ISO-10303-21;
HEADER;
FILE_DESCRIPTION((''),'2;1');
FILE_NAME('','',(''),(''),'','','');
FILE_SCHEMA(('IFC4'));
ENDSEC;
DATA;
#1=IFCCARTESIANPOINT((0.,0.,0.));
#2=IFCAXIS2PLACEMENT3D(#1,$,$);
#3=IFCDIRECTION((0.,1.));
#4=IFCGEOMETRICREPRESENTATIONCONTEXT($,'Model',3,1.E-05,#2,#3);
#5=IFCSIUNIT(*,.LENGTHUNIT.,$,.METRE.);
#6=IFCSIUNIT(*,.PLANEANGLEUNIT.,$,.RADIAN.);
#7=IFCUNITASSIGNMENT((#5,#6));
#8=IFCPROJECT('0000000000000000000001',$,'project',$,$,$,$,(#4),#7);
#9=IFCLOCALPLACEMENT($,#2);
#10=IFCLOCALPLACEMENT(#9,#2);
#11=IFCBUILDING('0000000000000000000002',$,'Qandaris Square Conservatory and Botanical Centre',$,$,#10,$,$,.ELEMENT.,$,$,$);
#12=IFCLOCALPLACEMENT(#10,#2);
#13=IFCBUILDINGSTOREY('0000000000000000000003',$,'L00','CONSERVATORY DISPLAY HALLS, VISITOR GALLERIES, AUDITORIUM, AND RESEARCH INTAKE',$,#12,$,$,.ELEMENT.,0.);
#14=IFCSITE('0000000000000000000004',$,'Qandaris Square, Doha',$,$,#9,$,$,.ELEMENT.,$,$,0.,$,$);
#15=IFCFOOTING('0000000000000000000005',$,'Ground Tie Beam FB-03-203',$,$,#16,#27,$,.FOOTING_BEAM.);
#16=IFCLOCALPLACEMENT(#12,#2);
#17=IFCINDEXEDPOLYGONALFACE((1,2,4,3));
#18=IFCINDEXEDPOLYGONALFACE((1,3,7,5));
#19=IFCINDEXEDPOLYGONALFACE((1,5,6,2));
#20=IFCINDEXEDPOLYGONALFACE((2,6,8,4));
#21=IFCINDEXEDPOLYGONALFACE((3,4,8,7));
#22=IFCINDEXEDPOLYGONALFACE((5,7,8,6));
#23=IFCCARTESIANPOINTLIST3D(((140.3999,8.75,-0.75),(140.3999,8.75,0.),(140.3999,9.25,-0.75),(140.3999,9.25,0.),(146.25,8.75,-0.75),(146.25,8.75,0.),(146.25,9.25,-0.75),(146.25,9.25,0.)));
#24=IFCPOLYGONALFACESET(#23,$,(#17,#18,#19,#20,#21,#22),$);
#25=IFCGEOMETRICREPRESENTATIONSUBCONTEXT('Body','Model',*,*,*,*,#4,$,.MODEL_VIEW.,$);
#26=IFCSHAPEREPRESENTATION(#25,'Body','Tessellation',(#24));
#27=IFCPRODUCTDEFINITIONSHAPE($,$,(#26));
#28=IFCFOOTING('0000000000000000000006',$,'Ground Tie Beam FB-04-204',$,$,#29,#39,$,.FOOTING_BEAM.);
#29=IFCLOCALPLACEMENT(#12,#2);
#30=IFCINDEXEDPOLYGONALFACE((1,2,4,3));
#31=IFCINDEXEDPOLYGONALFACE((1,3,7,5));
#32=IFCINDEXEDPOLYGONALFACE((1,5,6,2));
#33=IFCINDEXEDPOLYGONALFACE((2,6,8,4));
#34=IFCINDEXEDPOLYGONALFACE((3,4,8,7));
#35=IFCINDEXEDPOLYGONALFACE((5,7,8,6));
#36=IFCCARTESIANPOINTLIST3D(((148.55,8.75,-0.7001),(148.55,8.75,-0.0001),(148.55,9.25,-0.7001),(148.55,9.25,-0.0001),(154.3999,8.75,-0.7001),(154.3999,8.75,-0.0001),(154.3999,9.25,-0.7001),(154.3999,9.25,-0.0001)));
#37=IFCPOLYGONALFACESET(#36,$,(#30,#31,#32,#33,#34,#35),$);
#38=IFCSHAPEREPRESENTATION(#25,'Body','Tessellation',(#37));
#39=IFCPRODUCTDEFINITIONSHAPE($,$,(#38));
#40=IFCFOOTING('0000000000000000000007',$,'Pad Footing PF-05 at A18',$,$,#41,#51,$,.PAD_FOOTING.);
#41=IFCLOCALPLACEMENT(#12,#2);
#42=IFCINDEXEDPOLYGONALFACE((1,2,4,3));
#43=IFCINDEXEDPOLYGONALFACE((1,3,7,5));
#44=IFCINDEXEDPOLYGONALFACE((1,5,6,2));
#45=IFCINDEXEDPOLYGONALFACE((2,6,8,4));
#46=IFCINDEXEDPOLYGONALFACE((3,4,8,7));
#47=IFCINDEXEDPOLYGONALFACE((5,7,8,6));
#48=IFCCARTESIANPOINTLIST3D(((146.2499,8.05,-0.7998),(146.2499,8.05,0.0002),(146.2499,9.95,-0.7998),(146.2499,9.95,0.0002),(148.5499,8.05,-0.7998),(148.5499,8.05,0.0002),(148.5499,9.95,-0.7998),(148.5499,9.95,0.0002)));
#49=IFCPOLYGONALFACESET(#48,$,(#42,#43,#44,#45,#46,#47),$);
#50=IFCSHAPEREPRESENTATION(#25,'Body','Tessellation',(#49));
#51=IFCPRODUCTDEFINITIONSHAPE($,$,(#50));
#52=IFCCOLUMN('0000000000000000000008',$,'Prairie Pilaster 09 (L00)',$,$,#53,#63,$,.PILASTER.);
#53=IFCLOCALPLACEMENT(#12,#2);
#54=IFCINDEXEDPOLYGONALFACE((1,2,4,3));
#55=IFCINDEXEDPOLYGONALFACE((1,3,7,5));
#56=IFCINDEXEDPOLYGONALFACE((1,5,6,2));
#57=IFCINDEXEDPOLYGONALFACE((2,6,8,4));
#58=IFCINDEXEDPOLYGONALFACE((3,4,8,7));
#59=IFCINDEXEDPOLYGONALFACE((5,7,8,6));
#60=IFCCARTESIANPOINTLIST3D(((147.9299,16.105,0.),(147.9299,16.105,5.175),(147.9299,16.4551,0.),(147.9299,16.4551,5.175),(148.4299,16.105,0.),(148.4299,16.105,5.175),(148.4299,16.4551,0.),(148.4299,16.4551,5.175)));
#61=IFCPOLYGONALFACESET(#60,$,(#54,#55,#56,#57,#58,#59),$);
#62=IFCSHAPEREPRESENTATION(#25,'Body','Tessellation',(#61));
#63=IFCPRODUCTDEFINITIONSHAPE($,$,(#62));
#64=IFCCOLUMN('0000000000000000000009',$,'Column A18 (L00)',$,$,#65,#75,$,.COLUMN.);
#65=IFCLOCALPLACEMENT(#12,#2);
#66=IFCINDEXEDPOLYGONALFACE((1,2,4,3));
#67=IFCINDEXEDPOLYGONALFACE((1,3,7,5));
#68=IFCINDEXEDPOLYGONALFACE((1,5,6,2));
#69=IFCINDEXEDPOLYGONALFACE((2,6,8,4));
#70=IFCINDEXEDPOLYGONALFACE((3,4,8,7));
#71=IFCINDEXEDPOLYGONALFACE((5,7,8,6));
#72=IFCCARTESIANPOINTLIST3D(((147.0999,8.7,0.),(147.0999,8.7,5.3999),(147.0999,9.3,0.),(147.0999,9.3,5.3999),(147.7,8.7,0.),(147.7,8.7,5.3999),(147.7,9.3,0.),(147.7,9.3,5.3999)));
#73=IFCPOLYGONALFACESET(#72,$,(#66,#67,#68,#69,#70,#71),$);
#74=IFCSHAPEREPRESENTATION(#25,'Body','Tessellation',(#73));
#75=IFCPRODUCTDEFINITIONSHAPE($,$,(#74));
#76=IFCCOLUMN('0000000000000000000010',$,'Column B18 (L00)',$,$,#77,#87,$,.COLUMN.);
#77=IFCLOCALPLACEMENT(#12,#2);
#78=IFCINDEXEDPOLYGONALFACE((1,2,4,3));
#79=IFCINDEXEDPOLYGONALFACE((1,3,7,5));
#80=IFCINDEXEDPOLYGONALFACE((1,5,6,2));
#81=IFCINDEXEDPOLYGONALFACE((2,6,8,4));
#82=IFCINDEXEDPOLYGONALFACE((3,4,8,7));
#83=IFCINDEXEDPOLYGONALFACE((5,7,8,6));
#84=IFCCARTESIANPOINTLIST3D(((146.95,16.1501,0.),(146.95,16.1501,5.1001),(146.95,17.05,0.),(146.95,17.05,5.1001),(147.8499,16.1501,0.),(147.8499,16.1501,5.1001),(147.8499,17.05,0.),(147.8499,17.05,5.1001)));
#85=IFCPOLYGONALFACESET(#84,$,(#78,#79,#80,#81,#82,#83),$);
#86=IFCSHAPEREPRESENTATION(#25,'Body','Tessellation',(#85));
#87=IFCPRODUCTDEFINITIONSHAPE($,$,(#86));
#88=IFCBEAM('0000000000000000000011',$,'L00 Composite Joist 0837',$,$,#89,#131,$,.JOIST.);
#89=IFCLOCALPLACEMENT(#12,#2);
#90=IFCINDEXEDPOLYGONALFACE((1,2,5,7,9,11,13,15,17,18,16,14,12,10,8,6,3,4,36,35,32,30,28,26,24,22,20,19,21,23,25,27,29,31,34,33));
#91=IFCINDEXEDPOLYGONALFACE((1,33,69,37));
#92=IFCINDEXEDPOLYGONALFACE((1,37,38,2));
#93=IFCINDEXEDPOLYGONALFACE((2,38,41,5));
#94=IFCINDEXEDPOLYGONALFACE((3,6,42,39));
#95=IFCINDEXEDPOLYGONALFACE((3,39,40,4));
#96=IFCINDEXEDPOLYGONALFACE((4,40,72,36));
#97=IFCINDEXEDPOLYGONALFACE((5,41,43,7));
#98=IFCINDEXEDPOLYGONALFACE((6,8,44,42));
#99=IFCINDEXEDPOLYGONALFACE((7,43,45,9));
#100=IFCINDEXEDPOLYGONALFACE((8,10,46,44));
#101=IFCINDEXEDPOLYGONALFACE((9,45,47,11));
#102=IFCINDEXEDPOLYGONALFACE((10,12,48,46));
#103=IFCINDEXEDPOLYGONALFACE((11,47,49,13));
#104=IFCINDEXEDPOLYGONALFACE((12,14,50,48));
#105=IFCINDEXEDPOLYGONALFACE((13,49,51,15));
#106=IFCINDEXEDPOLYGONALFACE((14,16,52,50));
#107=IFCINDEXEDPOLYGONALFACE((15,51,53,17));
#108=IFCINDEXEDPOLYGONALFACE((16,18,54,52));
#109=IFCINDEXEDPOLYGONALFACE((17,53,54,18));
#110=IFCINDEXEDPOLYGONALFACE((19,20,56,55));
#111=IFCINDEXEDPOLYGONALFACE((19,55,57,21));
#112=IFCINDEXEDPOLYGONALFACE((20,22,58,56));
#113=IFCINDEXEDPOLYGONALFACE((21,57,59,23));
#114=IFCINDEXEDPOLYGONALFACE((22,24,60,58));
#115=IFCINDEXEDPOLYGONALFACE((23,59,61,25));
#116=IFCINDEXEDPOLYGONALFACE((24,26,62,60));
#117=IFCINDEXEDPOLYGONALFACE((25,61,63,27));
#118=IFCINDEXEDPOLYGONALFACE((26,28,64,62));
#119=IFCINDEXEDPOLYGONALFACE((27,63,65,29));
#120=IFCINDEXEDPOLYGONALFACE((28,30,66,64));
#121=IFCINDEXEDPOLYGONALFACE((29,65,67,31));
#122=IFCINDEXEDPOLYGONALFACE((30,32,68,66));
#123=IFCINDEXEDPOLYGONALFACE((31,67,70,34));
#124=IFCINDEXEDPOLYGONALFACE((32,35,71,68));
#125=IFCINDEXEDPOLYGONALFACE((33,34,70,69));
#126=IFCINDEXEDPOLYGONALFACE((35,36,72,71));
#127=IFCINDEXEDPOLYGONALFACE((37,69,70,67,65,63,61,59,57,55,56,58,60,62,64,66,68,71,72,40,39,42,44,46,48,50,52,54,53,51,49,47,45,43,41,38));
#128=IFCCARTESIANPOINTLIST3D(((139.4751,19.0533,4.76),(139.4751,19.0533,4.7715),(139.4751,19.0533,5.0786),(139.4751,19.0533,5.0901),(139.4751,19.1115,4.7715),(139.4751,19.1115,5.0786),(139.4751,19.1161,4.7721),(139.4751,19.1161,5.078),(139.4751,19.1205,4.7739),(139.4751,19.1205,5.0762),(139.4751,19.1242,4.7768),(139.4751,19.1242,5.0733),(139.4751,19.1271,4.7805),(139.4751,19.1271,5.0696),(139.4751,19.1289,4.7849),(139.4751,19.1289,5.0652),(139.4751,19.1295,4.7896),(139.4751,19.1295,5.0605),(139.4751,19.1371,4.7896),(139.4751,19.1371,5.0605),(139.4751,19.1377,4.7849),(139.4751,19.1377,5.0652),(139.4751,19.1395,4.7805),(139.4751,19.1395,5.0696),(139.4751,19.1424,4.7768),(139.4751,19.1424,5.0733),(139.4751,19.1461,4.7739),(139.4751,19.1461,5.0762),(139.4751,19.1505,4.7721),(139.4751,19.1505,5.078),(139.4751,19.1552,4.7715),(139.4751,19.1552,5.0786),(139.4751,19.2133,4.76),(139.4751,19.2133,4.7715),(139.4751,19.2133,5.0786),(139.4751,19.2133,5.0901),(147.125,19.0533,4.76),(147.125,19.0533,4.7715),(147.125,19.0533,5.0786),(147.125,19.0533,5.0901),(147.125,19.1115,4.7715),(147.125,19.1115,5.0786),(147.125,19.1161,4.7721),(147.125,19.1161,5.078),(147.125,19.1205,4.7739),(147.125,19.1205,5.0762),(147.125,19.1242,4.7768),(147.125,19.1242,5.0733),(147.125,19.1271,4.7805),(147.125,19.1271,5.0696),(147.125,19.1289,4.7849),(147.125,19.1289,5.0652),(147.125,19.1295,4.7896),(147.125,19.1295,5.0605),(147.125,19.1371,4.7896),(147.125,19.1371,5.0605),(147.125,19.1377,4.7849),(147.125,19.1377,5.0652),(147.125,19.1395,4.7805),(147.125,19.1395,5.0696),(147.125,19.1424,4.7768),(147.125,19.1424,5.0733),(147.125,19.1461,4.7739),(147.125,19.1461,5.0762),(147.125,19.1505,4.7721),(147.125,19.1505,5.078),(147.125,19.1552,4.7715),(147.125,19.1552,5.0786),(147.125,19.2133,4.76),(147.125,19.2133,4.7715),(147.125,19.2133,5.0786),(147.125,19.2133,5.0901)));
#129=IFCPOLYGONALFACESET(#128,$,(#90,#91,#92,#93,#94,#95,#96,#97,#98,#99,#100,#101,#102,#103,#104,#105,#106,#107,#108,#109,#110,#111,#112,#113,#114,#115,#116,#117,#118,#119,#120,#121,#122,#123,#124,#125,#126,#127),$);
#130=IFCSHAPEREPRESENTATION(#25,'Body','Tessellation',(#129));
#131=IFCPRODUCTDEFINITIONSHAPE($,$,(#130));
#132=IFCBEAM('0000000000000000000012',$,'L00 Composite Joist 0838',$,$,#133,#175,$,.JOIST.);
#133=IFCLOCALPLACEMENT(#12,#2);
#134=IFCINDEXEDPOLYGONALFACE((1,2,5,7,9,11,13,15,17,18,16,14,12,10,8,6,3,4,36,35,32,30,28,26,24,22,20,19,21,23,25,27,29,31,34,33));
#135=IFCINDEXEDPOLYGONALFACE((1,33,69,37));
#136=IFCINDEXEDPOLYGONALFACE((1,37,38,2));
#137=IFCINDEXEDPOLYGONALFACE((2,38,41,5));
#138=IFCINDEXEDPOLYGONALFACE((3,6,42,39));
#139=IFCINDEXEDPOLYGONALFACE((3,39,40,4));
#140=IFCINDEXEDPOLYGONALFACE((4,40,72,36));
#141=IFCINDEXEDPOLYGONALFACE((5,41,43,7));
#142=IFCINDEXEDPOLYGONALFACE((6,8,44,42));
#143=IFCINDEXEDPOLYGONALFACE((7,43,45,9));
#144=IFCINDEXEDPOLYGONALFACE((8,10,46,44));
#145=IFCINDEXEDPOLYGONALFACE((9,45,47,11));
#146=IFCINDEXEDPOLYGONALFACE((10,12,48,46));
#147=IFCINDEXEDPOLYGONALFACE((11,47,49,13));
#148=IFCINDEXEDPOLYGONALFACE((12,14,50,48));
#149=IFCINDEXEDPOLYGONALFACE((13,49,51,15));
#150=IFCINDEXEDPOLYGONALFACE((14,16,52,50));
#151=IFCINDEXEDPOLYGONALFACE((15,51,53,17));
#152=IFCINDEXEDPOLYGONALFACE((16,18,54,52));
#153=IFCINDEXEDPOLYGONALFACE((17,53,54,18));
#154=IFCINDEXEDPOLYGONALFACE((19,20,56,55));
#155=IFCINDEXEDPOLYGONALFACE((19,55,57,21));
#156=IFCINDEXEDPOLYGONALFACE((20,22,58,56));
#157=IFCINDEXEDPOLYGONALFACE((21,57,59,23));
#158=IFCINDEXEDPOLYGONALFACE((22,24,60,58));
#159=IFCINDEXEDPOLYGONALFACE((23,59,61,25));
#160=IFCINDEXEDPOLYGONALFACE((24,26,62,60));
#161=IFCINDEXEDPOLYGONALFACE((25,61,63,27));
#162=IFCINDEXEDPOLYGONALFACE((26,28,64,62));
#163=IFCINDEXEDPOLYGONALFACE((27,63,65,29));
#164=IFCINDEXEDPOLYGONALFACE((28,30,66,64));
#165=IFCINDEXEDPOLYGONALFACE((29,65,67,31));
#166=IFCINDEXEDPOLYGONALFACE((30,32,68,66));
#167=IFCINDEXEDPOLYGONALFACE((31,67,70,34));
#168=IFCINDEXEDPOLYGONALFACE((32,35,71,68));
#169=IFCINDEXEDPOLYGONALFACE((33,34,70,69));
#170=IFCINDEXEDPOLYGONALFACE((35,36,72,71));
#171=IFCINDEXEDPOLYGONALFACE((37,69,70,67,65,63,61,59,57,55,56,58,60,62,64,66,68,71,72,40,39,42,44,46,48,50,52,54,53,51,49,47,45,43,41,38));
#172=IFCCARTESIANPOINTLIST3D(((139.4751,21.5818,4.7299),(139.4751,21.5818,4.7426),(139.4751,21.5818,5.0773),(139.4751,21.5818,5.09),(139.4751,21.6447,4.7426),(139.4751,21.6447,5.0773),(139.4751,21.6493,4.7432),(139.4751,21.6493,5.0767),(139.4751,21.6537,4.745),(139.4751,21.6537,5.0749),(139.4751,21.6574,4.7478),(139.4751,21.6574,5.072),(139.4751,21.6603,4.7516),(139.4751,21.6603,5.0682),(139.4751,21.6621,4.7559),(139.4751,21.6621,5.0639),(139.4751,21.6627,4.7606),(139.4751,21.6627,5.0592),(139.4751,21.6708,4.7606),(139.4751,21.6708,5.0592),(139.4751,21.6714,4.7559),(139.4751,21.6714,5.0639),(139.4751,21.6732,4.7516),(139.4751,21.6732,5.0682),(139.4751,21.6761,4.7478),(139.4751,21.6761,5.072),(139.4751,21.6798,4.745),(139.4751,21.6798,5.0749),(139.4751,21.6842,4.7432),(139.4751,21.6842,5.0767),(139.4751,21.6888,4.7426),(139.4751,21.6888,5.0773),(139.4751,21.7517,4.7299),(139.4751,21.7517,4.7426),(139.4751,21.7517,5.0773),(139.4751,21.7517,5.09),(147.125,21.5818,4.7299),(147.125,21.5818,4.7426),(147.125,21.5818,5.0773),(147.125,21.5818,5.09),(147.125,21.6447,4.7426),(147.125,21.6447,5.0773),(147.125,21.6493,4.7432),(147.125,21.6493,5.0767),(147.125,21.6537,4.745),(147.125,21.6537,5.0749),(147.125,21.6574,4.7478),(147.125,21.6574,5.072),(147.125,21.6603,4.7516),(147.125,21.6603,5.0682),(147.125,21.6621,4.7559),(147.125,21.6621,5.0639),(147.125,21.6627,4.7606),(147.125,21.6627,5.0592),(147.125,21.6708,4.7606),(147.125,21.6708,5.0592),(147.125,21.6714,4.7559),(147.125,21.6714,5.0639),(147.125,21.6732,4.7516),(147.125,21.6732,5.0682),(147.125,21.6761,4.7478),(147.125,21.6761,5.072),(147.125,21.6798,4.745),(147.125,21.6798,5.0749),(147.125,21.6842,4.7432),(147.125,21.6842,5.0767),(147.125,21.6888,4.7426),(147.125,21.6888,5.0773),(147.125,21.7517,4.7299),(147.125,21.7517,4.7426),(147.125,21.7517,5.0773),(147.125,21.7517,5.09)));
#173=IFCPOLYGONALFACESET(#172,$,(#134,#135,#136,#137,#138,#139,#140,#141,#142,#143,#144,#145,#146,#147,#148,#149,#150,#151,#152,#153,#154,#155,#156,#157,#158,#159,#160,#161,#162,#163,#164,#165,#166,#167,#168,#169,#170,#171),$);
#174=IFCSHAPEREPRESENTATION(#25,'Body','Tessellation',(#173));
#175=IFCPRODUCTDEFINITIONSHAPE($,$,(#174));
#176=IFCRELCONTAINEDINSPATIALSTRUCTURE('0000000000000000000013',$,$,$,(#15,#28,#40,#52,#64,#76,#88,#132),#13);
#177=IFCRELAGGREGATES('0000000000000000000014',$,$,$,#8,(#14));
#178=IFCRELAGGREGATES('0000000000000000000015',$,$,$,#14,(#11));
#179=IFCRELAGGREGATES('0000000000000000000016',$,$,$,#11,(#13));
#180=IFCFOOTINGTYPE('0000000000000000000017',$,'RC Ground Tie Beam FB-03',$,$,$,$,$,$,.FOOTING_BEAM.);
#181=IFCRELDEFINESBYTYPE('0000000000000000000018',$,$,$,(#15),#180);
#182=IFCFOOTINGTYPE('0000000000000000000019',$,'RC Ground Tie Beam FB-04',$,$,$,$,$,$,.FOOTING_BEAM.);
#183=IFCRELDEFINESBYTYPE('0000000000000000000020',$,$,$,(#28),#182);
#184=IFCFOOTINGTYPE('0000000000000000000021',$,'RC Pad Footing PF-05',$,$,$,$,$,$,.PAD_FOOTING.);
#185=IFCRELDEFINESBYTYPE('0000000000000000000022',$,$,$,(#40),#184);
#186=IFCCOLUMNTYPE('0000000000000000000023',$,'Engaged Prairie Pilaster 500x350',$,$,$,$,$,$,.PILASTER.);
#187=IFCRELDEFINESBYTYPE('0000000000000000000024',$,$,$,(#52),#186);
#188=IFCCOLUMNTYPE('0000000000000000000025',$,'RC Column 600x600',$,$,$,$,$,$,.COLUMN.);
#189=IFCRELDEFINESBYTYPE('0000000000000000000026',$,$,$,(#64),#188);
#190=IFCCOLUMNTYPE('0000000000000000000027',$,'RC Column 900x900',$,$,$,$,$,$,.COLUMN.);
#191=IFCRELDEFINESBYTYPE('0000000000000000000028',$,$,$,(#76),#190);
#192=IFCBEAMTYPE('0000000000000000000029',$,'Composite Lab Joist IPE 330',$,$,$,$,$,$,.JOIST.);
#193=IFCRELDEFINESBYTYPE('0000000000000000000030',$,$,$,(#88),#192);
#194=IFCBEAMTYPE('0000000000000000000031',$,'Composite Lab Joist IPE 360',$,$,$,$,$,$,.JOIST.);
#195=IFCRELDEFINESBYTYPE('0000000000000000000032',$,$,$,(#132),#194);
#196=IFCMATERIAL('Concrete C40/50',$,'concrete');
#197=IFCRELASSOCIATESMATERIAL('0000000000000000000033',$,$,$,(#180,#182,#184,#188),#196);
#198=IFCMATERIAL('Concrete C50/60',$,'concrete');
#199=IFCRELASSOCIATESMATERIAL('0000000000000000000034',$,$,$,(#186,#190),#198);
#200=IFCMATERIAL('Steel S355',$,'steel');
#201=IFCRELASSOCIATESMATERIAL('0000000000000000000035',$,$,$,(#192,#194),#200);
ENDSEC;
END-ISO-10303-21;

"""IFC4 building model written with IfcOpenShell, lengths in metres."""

from ifc_helpers import new_model, si_unit, direction, frame, origin, origin_2d, place, context, subcontext, project, spatial, rectangle, i_section, extrude, material, material_profile, profile_set, type_object, element, save


model = new_model("IFC4")

# Units and contexts
model_context = context("Model", 3, precision=1e-05, world=origin(), true_north=direction((0.0, 1.0)))
body_context = subcontext(model_context, "Body", "Model", "MODEL_VIEW")
ifc_project = project(units=[si_unit("LENGTHUNIT", "METRE"), si_unit("PLANEANGLEUNIT", "RADIAN")], contexts=[model_context])

# Site, building, storey
site_placement = place(None, origin())
site = spatial("IfcSite", under=ifc_project, at=site_placement, Name="Qandaris Square, Doha", CompositionType="ELEMENT", RefElevation=0.0)
building_placement = place(site_placement, origin())
building = spatial("IfcBuilding", under=site, at=building_placement, Name="Qandaris Square Conservatory and Botanical Centre", CompositionType="ELEMENT")
storey_placement = place(building_placement, origin())
storey = spatial("IfcBuildingStorey", under=building, at=storey_placement, Name="L00", Description="CONSERVATORY DISPLAY HALLS, VISITOR GALLERIES, AUDITORIUM, AND RESEARCH INTAKE", CompositionType="ELEMENT", Elevation=0.0)

# Footings
ifc_material_1 = material(Name="Concrete C40/50", Category="concrete")
ifc_material_profile_1 = material_profile(ifc_material_1, rectangle(XDim=0.5, YDim=0.75, at=origin_2d()), Name="FB 500x750")
ifc_profile_set_1 = profile_set([ifc_material_profile_1], Name="Concrete C40/50")
footing_type_1 = type_object("IfcFootingType", Name="RC Ground Tie Beam FB-03", PredefinedType="FOOTING_BEAM", material=ifc_profile_set_1)
footing_1_placement = place(storey_placement, frame((140.3999, 9.0, -0.375), z_axis=(1.0, 0.0, 0.0), x_axis=(0.0, 1.0, 0.0)))
element("IfcFooting", 1, at=footing_1_placement, inside=storey, type_object=footing_type_1, Name="Ground Tie Beam FB-03-203", PredefinedType="FOOTING_BEAM", context=body_context, shape_type="SweptSolid", body=[
    extrude(rectangle(XDim=0.5, YDim=0.75, at=origin_2d()), origin(), (0.0, 0.0, 1.0), 5.8501),
])
ifc_material_profile_2 = material_profile(ifc_material_1, rectangle(XDim=0.5, YDim=0.7, at=origin_2d()), Name="FB 500x700")
ifc_profile_set_2 = profile_set([ifc_material_profile_2], Name="Concrete C40/50")
footing_type_2 = type_object("IfcFootingType", Name="RC Ground Tie Beam FB-04", PredefinedType="FOOTING_BEAM", material=ifc_profile_set_2)
footing_2_placement = place(storey_placement, frame((148.55, 9.0, -0.3501), z_axis=(1.0, 0.0, 0.0), x_axis=(0.0, 1.0, 0.0)))
element("IfcFooting", 2, at=footing_2_placement, inside=storey, type_object=footing_type_2, Name="Ground Tie Beam FB-04-204", PredefinedType="FOOTING_BEAM", context=body_context, shape_type="SweptSolid", body=[
    extrude(rectangle(XDim=0.5, YDim=0.7, at=origin_2d()), origin(), (0.0, 0.0, 1.0), 5.8499),
])
footing_type_3 = type_object("IfcFootingType", Name="RC Pad Footing PF-05", PredefinedType="PAD_FOOTING", material=ifc_material_1)
footing_3_placement = place(storey_placement, frame((147.3999, 9.0, -0.7998), z_axis=(0.0, 0.0, 1.0), x_axis=(1.0, 0.0, 0.0)))
element("IfcFooting", 3, at=footing_3_placement, inside=storey, type_object=footing_type_3, Name="Pad Footing PF-05 at A18", PredefinedType="PAD_FOOTING", context=body_context, shape_type="SweptSolid", body=[
    extrude(rectangle(XDim=2.3, YDim=1.8999, at=origin_2d()), origin(), (0.0, 0.0, 1.0), 0.8),
])

# Columns
ifc_material_2 = material(Name="Concrete C50/60", Category="concrete")
ifc_material_profile_3 = material_profile(ifc_material_2, rectangle(XDim=0.5, YDim=0.3501, at=origin_2d()), Name="RC-PIL 500x350")
ifc_profile_set_3 = profile_set([ifc_material_profile_3], Name="Concrete C50/60")
column_type_1 = type_object("IfcColumnType", Name="Engaged Prairie Pilaster 500x350", PredefinedType="PILASTER", material=ifc_profile_set_3)
column_1_placement = place(storey_placement, frame((148.1799, 16.28, 0.0), z_axis=(0.0, 0.0, 1.0), x_axis=(1.0, 0.0, 0.0)))
element("IfcColumn", 4, at=column_1_placement, inside=storey, type_object=column_type_1, Name="Prairie Pilaster 09 (L00)", PredefinedType="PILASTER", context=body_context, shape_type="SweptSolid", body=[
    extrude(rectangle(XDim=0.5, YDim=0.3501, at=origin_2d()), origin(), (0.0, 0.0, 1.0), 5.175),
])
ifc_material_profile_4 = material_profile(ifc_material_1, rectangle(XDim=0.6001, YDim=0.6001, at=origin_2d()), Name="RC-COL 600x600")
ifc_profile_set_4 = profile_set([ifc_material_profile_4], Name="Concrete C40/50")
column_type_2 = type_object("IfcColumnType", Name="RC Column 600x600", PredefinedType="COLUMN", material=ifc_profile_set_4)
column_2_placement = place(storey_placement, frame((147.3999, 9.0, 0.0), z_axis=(0.0, 0.0, 1.0), x_axis=(1.0, 0.0, 0.0)))
element("IfcColumn", 5, at=column_2_placement, inside=storey, type_object=column_type_2, Name="Column A18 (L00)", PredefinedType="COLUMN", context=body_context, shape_type="SweptSolid", body=[
    extrude(rectangle(XDim=0.6001, YDim=0.6001, at=origin_2d()), origin(), (0.0, 0.0, 1.0), 5.3999),
])
ifc_material_profile_5 = material_profile(ifc_material_2, rectangle(XDim=0.8999, YDim=0.8999, at=origin_2d()), Name="RC-COL 900x900")
ifc_profile_set_5 = profile_set([ifc_material_profile_5], Name="Concrete C50/60")
column_type_3 = type_object("IfcColumnType", Name="RC Column 900x900", PredefinedType="COLUMN", material=ifc_profile_set_5)
column_3_placement = place(storey_placement, frame((147.3999, 16.6001, 0.0), z_axis=(0.0, 0.0, 1.0), x_axis=(1.0, 0.0, 0.0)))
element("IfcColumn", 6, at=column_3_placement, inside=storey, type_object=column_type_3, Name="Column B18 (L00)", PredefinedType="COLUMN", context=body_context, shape_type="SweptSolid", body=[
    extrude(rectangle(XDim=0.8999, YDim=0.8999, at=origin_2d()), origin(), (0.0, 0.0, 1.0), 5.1001),
])

# Beams
ifc_material_3 = material(Name="Steel S355", Category="steel")
ifc_material_profile_6 = material_profile(ifc_material_3, i_section(OverallWidth=0.1599, OverallDepth=0.3301, WebThickness=0.0076, FlangeThickness=0.0115, FilletRadius=0.0181, at=origin_2d()), Name="IPE 330")
ifc_profile_set_6 = profile_set([ifc_material_profile_6], Name="Steel S355")
beam_type_1 = type_object("IfcBeamType", Name="Composite Lab Joist IPE 330", PredefinedType="JOIST", material=ifc_profile_set_6)
beam_1_placement = place(storey_placement, frame((139.4751, 19.1333, 4.925), z_axis=(1.0, 0.0, 0.0), x_axis=(0.0, 1.0, 0.0)))
element("IfcBeam", 7, at=beam_1_placement, inside=storey, type_object=beam_type_1, Name="L00 Composite Joist 0837", PredefinedType="JOIST", context=body_context, shape_type="SweptSolid", body=[
    extrude(i_section(OverallWidth=0.1599, OverallDepth=0.3301, WebThickness=0.0076, FlangeThickness=0.0115, FilletRadius=0.0181, at=origin_2d()), origin(), (0.0, 0.0, 1.0), 7.6499),
])
ifc_material_profile_7 = material_profile(ifc_material_3, i_section(OverallWidth=0.1699, OverallDepth=0.3601, WebThickness=0.0081, FlangeThickness=0.0127, FilletRadius=0.0181, at=origin_2d()), Name="IPE 360")
ifc_profile_set_7 = profile_set([ifc_material_profile_7], Name="Steel S355")
beam_type_2 = type_object("IfcBeamType", Name="Composite Lab Joist IPE 360", PredefinedType="JOIST", material=ifc_profile_set_7)
for number, where, z_axis, x_axis, name in (
    (8, (139.4751, 21.6667, 4.9099), (1.0, 0.0, 0.0), (0.0, 1.0, 0.0), "L00 Composite Joist 0838"),
):
    element("IfcBeam", number, at=place(storey_placement, frame(where, z_axis=z_axis, x_axis=x_axis)), inside=storey, type_object=beam_type_2, Name=name, PredefinedType="JOIST", context=body_context, shape_type="SweptSolid", body=[
        extrude(i_section(OverallWidth=0.1699, OverallDepth=0.3601, WebThickness=0.0081, FlangeThickness=0.0127, FilletRadius=0.0181, at=origin_2d()), origin(), (0.0, 0.0, 1.0), 7.6499),
    ])

save(model, "model.ifc")
